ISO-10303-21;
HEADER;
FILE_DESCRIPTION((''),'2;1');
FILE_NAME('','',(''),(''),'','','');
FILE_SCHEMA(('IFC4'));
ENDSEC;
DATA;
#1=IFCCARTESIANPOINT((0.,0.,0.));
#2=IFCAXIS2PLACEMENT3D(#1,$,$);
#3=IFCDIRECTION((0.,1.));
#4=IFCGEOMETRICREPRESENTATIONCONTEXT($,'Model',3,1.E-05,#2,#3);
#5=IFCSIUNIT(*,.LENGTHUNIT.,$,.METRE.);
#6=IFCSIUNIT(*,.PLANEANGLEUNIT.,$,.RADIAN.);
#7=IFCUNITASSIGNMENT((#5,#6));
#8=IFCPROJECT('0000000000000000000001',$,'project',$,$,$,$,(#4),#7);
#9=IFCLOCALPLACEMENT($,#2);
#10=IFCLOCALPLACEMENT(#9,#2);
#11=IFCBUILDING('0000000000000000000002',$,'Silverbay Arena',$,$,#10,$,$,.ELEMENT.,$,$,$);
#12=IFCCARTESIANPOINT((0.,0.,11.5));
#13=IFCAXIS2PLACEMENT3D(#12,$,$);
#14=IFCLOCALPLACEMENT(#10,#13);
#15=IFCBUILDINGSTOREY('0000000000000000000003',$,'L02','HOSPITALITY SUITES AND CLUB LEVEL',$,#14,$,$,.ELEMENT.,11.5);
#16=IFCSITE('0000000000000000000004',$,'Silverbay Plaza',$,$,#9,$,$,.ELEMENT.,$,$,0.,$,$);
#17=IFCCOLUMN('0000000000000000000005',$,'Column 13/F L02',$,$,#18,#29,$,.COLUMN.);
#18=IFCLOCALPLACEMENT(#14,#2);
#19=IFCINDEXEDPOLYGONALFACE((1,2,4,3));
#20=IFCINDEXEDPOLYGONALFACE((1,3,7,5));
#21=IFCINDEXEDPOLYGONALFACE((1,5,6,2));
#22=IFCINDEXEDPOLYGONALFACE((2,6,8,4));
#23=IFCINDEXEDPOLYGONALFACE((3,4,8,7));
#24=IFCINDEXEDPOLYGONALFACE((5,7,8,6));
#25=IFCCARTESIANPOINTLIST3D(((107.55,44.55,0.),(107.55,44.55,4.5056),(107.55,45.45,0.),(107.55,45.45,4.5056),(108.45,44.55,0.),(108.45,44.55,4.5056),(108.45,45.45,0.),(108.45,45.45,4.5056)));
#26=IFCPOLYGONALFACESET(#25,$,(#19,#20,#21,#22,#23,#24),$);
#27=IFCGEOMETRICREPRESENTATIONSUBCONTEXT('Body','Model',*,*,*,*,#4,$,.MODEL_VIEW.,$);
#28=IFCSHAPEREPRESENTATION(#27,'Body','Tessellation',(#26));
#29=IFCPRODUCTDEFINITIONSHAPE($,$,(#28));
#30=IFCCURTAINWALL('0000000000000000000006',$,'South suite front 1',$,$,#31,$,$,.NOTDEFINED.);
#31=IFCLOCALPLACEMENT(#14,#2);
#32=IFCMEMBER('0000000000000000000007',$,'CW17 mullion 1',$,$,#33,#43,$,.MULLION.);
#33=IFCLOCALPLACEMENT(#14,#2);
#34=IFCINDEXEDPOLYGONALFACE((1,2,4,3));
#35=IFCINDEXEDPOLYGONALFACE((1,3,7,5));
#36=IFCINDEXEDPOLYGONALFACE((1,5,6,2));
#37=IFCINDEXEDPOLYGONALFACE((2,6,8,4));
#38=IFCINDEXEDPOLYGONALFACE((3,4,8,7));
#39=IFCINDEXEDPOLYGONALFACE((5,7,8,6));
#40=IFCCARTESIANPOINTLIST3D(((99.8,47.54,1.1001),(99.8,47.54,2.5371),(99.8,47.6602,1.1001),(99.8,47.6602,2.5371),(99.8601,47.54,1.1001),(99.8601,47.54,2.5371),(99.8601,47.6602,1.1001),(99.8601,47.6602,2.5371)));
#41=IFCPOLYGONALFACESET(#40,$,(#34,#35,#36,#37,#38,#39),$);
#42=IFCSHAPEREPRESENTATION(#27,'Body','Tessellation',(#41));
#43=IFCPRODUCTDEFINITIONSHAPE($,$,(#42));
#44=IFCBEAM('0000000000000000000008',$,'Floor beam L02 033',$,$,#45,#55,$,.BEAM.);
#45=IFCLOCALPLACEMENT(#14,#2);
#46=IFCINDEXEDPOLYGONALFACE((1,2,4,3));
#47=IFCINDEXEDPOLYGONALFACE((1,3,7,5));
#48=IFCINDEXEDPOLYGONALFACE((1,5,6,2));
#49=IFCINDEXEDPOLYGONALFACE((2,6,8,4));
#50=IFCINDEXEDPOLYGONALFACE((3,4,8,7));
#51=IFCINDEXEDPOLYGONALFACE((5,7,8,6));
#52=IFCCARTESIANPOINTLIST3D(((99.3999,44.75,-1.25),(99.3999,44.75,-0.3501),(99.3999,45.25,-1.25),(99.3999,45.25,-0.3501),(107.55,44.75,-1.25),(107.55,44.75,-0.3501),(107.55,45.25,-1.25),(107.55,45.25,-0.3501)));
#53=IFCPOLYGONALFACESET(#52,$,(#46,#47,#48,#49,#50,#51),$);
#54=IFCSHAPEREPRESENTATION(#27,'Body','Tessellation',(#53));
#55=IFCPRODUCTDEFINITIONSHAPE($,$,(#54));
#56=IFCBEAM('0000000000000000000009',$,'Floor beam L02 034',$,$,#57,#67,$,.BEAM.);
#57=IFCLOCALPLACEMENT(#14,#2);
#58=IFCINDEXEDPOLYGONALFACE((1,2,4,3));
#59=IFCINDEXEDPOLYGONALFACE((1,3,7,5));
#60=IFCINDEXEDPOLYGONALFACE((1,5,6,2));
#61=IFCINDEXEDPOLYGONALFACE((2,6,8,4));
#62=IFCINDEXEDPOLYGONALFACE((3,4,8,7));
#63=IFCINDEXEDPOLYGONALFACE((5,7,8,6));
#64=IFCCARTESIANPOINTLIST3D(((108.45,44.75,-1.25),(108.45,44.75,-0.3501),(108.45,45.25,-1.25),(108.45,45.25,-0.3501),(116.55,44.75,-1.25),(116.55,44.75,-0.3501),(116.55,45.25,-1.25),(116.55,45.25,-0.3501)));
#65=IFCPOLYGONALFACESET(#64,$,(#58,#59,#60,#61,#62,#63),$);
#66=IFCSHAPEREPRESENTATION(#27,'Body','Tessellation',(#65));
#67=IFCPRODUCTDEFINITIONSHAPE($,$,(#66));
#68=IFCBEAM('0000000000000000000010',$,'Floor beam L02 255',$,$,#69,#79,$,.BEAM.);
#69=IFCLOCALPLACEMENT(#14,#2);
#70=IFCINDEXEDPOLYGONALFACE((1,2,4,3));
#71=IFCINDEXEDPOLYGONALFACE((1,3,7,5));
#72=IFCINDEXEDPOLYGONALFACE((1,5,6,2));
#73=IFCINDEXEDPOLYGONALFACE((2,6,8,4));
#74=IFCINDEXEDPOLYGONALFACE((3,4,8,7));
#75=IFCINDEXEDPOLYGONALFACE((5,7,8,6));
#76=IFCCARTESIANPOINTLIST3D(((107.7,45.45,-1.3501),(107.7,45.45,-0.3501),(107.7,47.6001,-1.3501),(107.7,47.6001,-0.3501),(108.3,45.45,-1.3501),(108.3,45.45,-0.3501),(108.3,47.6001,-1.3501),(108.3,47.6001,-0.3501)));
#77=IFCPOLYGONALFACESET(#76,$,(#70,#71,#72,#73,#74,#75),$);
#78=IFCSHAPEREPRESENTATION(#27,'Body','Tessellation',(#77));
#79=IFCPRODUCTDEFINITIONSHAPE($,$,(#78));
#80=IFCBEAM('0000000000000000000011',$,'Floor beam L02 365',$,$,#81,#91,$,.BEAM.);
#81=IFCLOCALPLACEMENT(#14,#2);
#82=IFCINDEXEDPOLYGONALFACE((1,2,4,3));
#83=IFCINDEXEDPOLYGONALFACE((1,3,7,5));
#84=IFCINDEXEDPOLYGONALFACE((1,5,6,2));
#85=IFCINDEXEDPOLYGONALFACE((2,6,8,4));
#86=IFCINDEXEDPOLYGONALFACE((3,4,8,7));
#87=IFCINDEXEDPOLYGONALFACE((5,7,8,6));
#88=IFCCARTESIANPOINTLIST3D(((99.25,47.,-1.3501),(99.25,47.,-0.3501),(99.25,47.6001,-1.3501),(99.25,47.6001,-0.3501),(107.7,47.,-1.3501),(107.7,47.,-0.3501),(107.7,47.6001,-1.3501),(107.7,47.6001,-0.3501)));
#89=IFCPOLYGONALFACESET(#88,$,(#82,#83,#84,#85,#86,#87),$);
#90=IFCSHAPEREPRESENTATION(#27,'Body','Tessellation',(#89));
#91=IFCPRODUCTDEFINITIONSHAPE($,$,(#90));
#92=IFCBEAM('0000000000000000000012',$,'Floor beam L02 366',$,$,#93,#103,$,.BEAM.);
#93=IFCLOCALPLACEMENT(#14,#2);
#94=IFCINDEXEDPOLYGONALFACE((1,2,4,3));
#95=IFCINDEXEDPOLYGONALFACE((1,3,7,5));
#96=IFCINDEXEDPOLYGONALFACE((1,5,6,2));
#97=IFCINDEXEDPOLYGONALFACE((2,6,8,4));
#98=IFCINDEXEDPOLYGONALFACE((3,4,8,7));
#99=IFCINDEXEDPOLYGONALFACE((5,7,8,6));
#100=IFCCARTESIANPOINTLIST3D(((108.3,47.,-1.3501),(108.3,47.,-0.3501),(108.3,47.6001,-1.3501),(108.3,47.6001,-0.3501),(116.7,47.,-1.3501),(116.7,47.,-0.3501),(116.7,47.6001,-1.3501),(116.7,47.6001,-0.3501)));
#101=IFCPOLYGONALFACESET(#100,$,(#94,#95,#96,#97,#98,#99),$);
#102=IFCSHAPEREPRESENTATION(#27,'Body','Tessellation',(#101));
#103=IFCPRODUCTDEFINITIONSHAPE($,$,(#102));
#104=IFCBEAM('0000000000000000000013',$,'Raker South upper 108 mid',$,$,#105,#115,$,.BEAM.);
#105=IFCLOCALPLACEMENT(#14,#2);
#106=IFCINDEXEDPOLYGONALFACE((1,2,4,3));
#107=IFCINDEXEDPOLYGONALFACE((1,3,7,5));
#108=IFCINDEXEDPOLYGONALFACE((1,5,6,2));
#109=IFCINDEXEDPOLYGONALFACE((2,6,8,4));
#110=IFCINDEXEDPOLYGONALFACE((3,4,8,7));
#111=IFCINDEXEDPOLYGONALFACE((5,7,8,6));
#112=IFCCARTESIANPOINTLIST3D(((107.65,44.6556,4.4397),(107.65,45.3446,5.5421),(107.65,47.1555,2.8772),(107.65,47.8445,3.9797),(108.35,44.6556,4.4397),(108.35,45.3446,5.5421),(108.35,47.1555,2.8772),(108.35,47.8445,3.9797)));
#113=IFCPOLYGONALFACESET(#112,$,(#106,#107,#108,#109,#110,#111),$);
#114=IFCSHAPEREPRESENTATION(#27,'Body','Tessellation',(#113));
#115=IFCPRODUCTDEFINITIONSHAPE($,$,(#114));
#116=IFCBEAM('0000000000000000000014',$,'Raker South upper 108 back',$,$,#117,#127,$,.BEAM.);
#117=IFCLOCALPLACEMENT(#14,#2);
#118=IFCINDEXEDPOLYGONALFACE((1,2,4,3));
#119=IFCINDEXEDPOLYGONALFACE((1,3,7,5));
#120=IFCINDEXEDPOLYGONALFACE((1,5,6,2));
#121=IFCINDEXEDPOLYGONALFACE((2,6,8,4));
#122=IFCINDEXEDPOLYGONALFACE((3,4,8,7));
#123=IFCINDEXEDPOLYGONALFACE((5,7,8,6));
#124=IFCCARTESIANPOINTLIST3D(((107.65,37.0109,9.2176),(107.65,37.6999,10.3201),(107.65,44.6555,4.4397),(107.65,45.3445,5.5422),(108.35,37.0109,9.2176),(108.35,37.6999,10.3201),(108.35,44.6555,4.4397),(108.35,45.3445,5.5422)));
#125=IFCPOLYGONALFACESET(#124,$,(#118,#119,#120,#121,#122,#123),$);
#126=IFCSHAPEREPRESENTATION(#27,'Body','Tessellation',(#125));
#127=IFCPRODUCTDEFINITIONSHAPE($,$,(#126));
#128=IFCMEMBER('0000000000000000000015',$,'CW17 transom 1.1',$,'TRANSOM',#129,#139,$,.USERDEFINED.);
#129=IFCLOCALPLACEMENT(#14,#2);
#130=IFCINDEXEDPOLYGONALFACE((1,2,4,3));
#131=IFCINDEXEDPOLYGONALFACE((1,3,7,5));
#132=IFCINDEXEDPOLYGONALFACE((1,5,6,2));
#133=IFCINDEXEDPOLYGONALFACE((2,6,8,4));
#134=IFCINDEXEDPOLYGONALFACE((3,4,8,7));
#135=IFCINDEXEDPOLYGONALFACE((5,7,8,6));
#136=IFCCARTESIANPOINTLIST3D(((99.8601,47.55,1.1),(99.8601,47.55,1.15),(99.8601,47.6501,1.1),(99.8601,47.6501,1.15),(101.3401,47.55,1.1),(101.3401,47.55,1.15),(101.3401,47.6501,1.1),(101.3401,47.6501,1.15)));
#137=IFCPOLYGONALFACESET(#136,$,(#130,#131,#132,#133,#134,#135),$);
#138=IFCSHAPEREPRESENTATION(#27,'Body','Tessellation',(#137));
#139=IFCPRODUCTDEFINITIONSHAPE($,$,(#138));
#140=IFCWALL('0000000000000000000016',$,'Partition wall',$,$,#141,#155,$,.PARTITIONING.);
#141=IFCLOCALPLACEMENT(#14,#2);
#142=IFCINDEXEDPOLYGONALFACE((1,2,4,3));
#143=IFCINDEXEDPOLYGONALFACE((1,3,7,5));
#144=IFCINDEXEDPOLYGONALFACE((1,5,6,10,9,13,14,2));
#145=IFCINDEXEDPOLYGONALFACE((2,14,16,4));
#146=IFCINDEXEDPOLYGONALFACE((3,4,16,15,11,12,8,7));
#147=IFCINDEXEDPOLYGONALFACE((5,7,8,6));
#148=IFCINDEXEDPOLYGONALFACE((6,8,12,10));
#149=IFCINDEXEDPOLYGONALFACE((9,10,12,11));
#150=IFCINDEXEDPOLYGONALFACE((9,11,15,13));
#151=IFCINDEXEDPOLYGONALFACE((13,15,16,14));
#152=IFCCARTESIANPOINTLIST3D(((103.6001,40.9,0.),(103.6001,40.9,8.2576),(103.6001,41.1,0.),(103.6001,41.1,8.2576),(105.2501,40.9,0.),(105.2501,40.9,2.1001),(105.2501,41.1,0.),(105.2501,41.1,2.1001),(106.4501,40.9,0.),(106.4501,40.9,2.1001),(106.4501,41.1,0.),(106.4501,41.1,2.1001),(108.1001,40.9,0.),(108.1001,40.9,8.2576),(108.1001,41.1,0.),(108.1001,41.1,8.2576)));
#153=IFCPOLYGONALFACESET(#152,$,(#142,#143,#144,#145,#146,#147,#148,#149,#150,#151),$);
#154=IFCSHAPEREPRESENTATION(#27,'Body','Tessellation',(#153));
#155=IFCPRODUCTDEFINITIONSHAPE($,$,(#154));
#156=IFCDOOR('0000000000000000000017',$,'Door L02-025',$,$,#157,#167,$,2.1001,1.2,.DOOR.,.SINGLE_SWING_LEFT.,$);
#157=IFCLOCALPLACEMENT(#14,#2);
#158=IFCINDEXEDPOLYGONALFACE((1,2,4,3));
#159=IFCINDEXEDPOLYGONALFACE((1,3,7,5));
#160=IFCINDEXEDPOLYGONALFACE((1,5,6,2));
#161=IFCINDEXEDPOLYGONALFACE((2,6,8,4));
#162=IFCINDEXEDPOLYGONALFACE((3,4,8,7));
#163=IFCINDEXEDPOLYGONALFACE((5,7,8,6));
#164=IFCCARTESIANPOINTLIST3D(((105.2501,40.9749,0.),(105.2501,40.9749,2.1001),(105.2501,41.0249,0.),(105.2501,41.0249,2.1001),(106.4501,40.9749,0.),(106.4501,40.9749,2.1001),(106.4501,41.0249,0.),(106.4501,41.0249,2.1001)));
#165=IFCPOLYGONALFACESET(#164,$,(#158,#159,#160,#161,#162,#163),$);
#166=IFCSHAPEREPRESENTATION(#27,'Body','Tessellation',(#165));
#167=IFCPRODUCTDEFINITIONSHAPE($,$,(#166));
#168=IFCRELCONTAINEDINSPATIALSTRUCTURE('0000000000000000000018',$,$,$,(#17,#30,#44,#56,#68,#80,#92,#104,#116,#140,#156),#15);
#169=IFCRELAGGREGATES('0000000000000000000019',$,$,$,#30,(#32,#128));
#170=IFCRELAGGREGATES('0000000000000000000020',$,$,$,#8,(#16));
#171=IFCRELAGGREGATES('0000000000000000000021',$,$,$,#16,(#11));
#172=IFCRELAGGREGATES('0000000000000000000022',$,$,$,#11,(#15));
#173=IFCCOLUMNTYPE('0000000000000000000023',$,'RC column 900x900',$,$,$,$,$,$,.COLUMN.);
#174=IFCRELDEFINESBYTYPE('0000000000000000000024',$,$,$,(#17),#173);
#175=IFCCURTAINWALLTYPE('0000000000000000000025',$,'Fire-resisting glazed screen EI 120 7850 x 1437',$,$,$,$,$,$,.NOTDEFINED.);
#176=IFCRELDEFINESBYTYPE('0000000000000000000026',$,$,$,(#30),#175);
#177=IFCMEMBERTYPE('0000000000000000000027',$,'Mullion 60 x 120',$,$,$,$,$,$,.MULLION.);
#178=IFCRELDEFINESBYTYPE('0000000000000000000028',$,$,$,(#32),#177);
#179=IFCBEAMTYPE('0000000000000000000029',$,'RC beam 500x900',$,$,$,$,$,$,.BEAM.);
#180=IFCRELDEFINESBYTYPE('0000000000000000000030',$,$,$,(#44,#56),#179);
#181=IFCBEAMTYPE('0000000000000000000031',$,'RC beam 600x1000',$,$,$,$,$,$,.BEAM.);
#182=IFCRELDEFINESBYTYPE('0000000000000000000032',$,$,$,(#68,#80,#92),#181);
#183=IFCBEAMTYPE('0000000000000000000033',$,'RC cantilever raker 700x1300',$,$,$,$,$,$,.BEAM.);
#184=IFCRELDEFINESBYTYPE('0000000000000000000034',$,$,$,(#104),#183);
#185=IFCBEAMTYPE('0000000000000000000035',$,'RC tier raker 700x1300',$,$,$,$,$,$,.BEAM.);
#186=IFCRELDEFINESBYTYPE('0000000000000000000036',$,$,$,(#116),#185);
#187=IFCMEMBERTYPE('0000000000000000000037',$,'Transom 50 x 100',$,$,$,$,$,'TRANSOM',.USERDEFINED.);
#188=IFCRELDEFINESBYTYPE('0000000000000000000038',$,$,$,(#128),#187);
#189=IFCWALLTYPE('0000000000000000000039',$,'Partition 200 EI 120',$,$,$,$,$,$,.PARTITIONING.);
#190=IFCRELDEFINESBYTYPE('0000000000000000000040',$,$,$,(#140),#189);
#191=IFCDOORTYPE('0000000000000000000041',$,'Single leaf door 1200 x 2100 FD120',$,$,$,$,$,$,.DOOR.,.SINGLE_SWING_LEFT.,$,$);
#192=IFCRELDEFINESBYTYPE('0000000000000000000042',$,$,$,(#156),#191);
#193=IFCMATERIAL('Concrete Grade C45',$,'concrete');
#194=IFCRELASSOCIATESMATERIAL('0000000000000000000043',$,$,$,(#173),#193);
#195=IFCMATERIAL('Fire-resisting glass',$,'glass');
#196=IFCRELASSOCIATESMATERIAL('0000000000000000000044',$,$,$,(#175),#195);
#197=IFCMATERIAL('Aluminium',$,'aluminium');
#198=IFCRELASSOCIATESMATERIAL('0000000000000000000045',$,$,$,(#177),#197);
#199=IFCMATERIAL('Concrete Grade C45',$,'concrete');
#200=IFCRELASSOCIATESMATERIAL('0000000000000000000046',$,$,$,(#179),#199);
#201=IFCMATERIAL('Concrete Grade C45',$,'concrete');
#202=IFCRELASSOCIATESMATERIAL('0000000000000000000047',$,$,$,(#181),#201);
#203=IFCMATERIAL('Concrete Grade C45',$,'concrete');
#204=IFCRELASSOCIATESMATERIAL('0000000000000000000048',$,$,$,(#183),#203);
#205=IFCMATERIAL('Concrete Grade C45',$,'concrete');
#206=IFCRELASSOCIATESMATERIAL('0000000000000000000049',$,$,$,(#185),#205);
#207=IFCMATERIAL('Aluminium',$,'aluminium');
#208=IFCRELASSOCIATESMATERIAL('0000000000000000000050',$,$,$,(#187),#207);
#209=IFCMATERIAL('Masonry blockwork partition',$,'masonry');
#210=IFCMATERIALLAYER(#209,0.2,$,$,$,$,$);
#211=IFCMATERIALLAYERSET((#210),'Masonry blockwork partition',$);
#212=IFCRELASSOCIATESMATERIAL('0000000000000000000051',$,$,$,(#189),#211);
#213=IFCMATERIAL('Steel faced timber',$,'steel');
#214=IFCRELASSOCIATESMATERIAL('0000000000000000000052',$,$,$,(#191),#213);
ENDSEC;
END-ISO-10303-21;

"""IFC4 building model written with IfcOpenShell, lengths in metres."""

from ifc_helpers import new_model, si_unit, direction, frame, frame_2d, origin, origin_2d, place, context, subcontext, project, spatial, rectangle, extrude, material, layer, layer_set, material_profile, profile_set, type_object, element, fill, aggregate, save


model = new_model("IFC4")

# Units and contexts
model_context = context("Model", 3, precision=1e-05, world=origin(), true_north=direction((0.0, 1.0)))
body_context = subcontext(model_context, "Body", "Model", "MODEL_VIEW")
ifc_project = project(units=[si_unit("LENGTHUNIT", "METRE"), si_unit("PLANEANGLEUNIT", "RADIAN")], contexts=[model_context])

# Site, building, storey
site_placement = place(None, origin())
site = spatial("IfcSite", under=ifc_project, at=site_placement, Name="Silverbay Plaza", CompositionType="ELEMENT", RefElevation=0.0)
building_placement = place(site_placement, origin())
building = spatial("IfcBuilding", under=site, at=building_placement, Name="Silverbay Arena", CompositionType="ELEMENT")
storey_placement = place(building_placement, frame((0.0, 0.0, 11.5)))
storey = spatial("IfcBuildingStorey", under=building, at=storey_placement, Name="L02", Description="HOSPITALITY SUITES AND CLUB LEVEL", CompositionType="ELEMENT", Elevation=11.5)

# Column
ifc_material_1 = material(Name="Concrete Grade C45", Category="concrete")
ifc_material_profile_1 = material_profile(ifc_material_1, rectangle(XDim=0.8999, YDim=0.8999, at=origin_2d()), Name="RC 900x900")
ifc_profile_set_1 = profile_set([ifc_material_profile_1], Name="Concrete Grade C45")
column_type = type_object("IfcColumnType", Name="RC column 900x900", PredefinedType="COLUMN", material=ifc_profile_set_1)
column_placement = place(storey_placement, frame((108.0, 45.0, 0.0), z_axis=(0.0, 0.0, 1.0), x_axis=(1.0, 0.0, 0.0)))
element("IfcColumn", 1, at=column_placement, inside=storey, type_object=column_type, Name="Column 13/F L02", PredefinedType="COLUMN", context=body_context, shape_type="SweptSolid", body=[
    extrude(rectangle(XDim=0.8999, YDim=0.8999, at=origin_2d()), origin(), (0.0, 0.0, 1.0), 4.5056),
])

# Curtain wall, member
ifc_material_2 = material(Name="Fire-resisting glass", Category="glass")
curtain_wall_type = type_object("IfcCurtainWallType", Name="Fire-resisting glazed screen EI 120 7850 x 1437", PredefinedType="NOTDEFINED", material=ifc_material_2)
curtain_wall_placement = place(storey_placement, origin())
curtain_wall = element("IfcCurtainWall", 2, at=curtain_wall_placement, inside=storey, type_object=curtain_wall_type, Name="South suite front 1", PredefinedType="NOTDEFINED")
ifc_material_3 = material(Name="Aluminium", Category="aluminium")
ifc_material_profile_2 = material_profile(ifc_material_3, rectangle(XDim=0.1201, YDim=0.0601, at=origin_2d()), Name="Mullion 60 x 120")
ifc_profile_set_2 = profile_set([ifc_material_profile_2], Name="Aluminium")
member_type_1 = type_object("IfcMemberType", Name="Mullion 60 x 120", PredefinedType="MULLION", material=ifc_profile_set_2)
member_1_placement = place(storey_placement, frame((99.8301, 47.6001, 1.1001), z_axis=(0.0, 0.0, 1.0), x_axis=(0.0, 1.0, 0.0)))
member_1 = element("IfcMember", 3, at=member_1_placement, type_object=member_type_1, Name="CW17 mullion 1", PredefinedType="MULLION", context=body_context, shape_type="SweptSolid", body=[
    extrude(rectangle(XDim=0.1201, YDim=0.0601, at=origin_2d()), origin(), (0.0, 0.0, 1.0), 1.437),
])

# Beams
ifc_material_4 = material(Name="Concrete Grade C45", Category="concrete")
ifc_material_profile_3 = material_profile(ifc_material_4, rectangle(XDim=0.5, YDim=0.8999, at=origin_2d()), Name="RC 500x900")
ifc_profile_set_3 = profile_set([ifc_material_profile_3], Name="Concrete Grade C45")
beam_type_1 = type_object("IfcBeamType", Name="RC beam 500x900", PredefinedType="BEAM", material=ifc_profile_set_3)
beam_1_placement = place(storey_placement, frame((99.3999, 45.0, -0.8), z_axis=(1.0, 0.0, 0.0), x_axis=(0.0, 1.0, 0.0)))
element("IfcBeam", 4, at=beam_1_placement, inside=storey, type_object=beam_type_1, Name="Floor beam L02 033", PredefinedType="BEAM", context=body_context, shape_type="SweptSolid", body=[
    extrude(rectangle(XDim=0.5, YDim=0.8999, at=origin_2d()), origin(), (0.0, 0.0, 1.0), 8.1501),
])
beam_2_placement = place(storey_placement, frame((108.45, 45.0, -0.8), z_axis=(1.0, 0.0, 0.0), x_axis=(0.0, 1.0, 0.0)))
element("IfcBeam", 5, at=beam_2_placement, inside=storey, type_object=beam_type_1, Name="Floor beam L02 034", PredefinedType="BEAM", context=body_context, shape_type="SweptSolid", body=[
    extrude(rectangle(XDim=0.5, YDim=0.8999, at=origin_2d()), origin(), (0.0, 0.0, 1.0), 8.1001),
])
ifc_material_5 = material(Name="Concrete Grade C45", Category="concrete")
ifc_material_profile_4 = material_profile(ifc_material_5, rectangle(XDim=0.6001, YDim=1.0, at=origin_2d()), Name="RC 600x1000")
ifc_profile_set_4 = profile_set([ifc_material_profile_4], Name="Concrete Grade C45")
beam_type_2 = type_object("IfcBeamType", Name="RC beam 600x1000", PredefinedType="BEAM", material=ifc_profile_set_4)
beam_3_placement = place(storey_placement, frame((108.0, 45.45, -0.8501), z_axis=(0.0, 1.0, 0.0), x_axis=(-1.0, 0.0, 0.0)))
element("IfcBeam", 6, at=beam_3_placement, inside=storey, type_object=beam_type_2, Name="Floor beam L02 255", PredefinedType="BEAM", context=body_context, shape_type="SweptSolid", body=[
    extrude(rectangle(XDim=0.6001, YDim=1.0, at=origin_2d()), origin(), (0.0, 0.0, 1.0), 2.1501),
])
beam_4_placement = place(storey_placement, frame((99.25, 47.3, -0.8501), z_axis=(1.0, 0.0, 0.0), x_axis=(0.0, 1.0, 0.0)))
element("IfcBeam", 7, at=beam_4_placement, inside=storey, type_object=beam_type_2, Name="Floor beam L02 365", PredefinedType="BEAM", context=body_context, shape_type="SweptSolid", body=[
    extrude(rectangle(XDim=0.6001, YDim=1.0, at=origin_2d()), origin(), (0.0, 0.0, 1.0), 8.45),
])
beam_5_placement = place(storey_placement, frame((108.3, 47.3, -0.8501), z_axis=(1.0, 0.0, 0.0), x_axis=(0.0, 1.0, 0.0)))
element("IfcBeam", 8, at=beam_5_placement, inside=storey, type_object=beam_type_2, Name="Floor beam L02 366", PredefinedType="BEAM", context=body_context, shape_type="SweptSolid", body=[
    extrude(rectangle(XDim=0.6001, YDim=1.0, at=origin_2d()), origin(), (0.0, 0.0, 1.0), 8.3999),
])
ifc_material_6 = material(Name="Concrete Grade C45", Category="concrete")
ifc_material_profile_5 = material_profile(ifc_material_6, rectangle(XDim=0.7, YDim=1.3, at=origin_2d()), Name="RC 700x1300")
ifc_profile_set_5 = profile_set([ifc_material_profile_5], Name="Concrete Grade C45")
beam_type_3 = type_object("IfcBeamType", Name="RC cantilever raker 700x1300", PredefinedType="BEAM", material=ifc_profile_set_5)
beam_6_placement = place(storey_placement, frame((108.0, 47.5, 3.4285), z_axis=(0.0, -0.847998, 0.529999), x_axis=(1.0, 0.0, 0.0)))
element("IfcBeam", 9, at=beam_6_placement, inside=storey, type_object=beam_type_3, Name="Raker South upper 108 mid", PredefinedType="BEAM", context=body_context, shape_type="SweptSolid", body=[
    extrude(rectangle(XDim=0.7, YDim=1.3, at=origin_2d()), origin(), (0.0, 0.0, 1.0), 2.948),
])
ifc_material_7 = material(Name="Concrete Grade C45", Category="concrete")
ifc_material_profile_6 = material_profile(ifc_material_7, rectangle(XDim=0.7, YDim=1.3, at=origin_2d()), Name="RC 700x1300")
ifc_profile_set_6 = profile_set([ifc_material_profile_6], Name="Concrete Grade C45")
beam_type_4 = type_object("IfcBeamType", Name="RC tier raker 700x1300", PredefinedType="BEAM", material=ifc_profile_set_6)
beam_7_placement = place(storey_placement, frame((108.0, 45.0, 4.991), z_axis=(0.0, -0.847998, 0.529999), x_axis=(1.0, 0.0, 0.0)))
element("IfcBeam", 10, at=beam_7_placement, inside=storey, type_object=beam_type_4, Name="Raker South upper 108 back", PredefinedType="BEAM", context=body_context, shape_type="SweptSolid", body=[
    extrude(rectangle(XDim=0.7, YDim=1.3, at=origin_2d()), origin(), (0.0, 0.0, 1.0), 9.0149),
])

# Member
ifc_material_8 = material(Name="Aluminium", Category="aluminium")
ifc_material_profile_7 = material_profile(ifc_material_8, rectangle(XDim=0.1001, YDim=0.05, at=origin_2d()), Name="Transom 50 x 100")
ifc_profile_set_7 = profile_set([ifc_material_profile_7], Name="Aluminium")
member_type_2 = type_object("IfcMemberType", Name="Transom 50 x 100", ElementType="TRANSOM", PredefinedType="USERDEFINED", material=ifc_profile_set_7)
member_2_placement = place(storey_placement, frame((99.8601, 47.6001, 1.125), z_axis=(1.0, 0.0, 0.0), x_axis=(0.0, 1.0, 0.0)))
member_2 = element("IfcMember", 11, at=member_2_placement, type_object=member_type_2, Name="CW17 transom 1.1", ObjectType="TRANSOM", PredefinedType="USERDEFINED", context=body_context, shape_type="SweptSolid", body=[
    extrude(rectangle(XDim=0.1001, YDim=0.05, at=origin_2d()), origin(), (0.0, 0.0, 1.0), 1.48),
])
aggregate(curtain_wall, [member_1, member_2])

# Wall, opening, door
ifc_material_9 = material(Name="Masonry blockwork partition", Category="masonry")
ifc_layer_1 = layer(ifc_material_9, 0.2)
ifc_layer_set_1 = layer_set([ifc_layer_1], Name="Masonry blockwork partition")
wall_type_1 = type_object("IfcWallType", Name="Partition 200 EI 120", PredefinedType="PARTITIONING", material=ifc_layer_set_1)
wall_1_placement = place(storey_placement, frame((103.6001, 41.0, 0.0), z_axis=(0.0, 0.0, 1.0), x_axis=(1.0, 0.0, 0.0)))
wall_1 = element("IfcWall", 12, at=wall_1_placement, inside=storey, type_object=wall_type_1, Name="Partition wall", PredefinedType="PARTITIONING", context=body_context, shape_type="SweptSolid", body=[
    extrude(rectangle(XDim=4.5, YDim=0.2, at=frame_2d((2.25, 0.0))), origin(), (0.0, 0.0, 1.0), 8.2576),
])
opening_1_placement = place(wall_1_placement, frame((1.6499, 0.0, 0.0)))
opening_1 = element("IfcOpeningElement", 13, at=opening_1_placement, cuts=wall_1, PredefinedType="OPENING", context=body_context, shape_type="SweptSolid", body=[
    extrude(rectangle(XDim=1.2, YDim=2.1001, at=frame_2d((0.6001, 1.05))), frame((0.0, 0.1099, 0.0), z_axis=(0.0, -1.0, 0.0), x_axis=(1.0, 0.0, 0.0)), (0.0, 0.0, 1.0), 0.22),
])
ifc_material_10 = material(Name="Steel faced timber", Category="steel")
door_type = type_object("IfcDoorType", Name="Single leaf door 1200 x 2100 FD120", OperationType="SINGLE_SWING_LEFT", PredefinedType="DOOR", material=ifc_material_10)
door_1_placement = place(opening_1_placement, origin())
door_1 = element("IfcDoor", 14, at=door_1_placement, inside=storey, type_object=door_type, Name="Door L02-025", OperationType="SINGLE_SWING_LEFT", OverallHeight=2.1001, OverallWidth=1.2, PredefinedType="DOOR", context=body_context, shape_type="SweptSolid", body=[
    extrude(rectangle(XDim=1.2, YDim=2.1001, at=frame_2d((0.6001, 1.05))), frame((0.0, 0.0249, 0.0), z_axis=(0.0, -1.0, 0.0), x_axis=(1.0, 0.0, 0.0)), (0.0, 0.0, 1.0), 0.05),
])
fill(opening_1, door_1)

save(model, "model.ifc")
